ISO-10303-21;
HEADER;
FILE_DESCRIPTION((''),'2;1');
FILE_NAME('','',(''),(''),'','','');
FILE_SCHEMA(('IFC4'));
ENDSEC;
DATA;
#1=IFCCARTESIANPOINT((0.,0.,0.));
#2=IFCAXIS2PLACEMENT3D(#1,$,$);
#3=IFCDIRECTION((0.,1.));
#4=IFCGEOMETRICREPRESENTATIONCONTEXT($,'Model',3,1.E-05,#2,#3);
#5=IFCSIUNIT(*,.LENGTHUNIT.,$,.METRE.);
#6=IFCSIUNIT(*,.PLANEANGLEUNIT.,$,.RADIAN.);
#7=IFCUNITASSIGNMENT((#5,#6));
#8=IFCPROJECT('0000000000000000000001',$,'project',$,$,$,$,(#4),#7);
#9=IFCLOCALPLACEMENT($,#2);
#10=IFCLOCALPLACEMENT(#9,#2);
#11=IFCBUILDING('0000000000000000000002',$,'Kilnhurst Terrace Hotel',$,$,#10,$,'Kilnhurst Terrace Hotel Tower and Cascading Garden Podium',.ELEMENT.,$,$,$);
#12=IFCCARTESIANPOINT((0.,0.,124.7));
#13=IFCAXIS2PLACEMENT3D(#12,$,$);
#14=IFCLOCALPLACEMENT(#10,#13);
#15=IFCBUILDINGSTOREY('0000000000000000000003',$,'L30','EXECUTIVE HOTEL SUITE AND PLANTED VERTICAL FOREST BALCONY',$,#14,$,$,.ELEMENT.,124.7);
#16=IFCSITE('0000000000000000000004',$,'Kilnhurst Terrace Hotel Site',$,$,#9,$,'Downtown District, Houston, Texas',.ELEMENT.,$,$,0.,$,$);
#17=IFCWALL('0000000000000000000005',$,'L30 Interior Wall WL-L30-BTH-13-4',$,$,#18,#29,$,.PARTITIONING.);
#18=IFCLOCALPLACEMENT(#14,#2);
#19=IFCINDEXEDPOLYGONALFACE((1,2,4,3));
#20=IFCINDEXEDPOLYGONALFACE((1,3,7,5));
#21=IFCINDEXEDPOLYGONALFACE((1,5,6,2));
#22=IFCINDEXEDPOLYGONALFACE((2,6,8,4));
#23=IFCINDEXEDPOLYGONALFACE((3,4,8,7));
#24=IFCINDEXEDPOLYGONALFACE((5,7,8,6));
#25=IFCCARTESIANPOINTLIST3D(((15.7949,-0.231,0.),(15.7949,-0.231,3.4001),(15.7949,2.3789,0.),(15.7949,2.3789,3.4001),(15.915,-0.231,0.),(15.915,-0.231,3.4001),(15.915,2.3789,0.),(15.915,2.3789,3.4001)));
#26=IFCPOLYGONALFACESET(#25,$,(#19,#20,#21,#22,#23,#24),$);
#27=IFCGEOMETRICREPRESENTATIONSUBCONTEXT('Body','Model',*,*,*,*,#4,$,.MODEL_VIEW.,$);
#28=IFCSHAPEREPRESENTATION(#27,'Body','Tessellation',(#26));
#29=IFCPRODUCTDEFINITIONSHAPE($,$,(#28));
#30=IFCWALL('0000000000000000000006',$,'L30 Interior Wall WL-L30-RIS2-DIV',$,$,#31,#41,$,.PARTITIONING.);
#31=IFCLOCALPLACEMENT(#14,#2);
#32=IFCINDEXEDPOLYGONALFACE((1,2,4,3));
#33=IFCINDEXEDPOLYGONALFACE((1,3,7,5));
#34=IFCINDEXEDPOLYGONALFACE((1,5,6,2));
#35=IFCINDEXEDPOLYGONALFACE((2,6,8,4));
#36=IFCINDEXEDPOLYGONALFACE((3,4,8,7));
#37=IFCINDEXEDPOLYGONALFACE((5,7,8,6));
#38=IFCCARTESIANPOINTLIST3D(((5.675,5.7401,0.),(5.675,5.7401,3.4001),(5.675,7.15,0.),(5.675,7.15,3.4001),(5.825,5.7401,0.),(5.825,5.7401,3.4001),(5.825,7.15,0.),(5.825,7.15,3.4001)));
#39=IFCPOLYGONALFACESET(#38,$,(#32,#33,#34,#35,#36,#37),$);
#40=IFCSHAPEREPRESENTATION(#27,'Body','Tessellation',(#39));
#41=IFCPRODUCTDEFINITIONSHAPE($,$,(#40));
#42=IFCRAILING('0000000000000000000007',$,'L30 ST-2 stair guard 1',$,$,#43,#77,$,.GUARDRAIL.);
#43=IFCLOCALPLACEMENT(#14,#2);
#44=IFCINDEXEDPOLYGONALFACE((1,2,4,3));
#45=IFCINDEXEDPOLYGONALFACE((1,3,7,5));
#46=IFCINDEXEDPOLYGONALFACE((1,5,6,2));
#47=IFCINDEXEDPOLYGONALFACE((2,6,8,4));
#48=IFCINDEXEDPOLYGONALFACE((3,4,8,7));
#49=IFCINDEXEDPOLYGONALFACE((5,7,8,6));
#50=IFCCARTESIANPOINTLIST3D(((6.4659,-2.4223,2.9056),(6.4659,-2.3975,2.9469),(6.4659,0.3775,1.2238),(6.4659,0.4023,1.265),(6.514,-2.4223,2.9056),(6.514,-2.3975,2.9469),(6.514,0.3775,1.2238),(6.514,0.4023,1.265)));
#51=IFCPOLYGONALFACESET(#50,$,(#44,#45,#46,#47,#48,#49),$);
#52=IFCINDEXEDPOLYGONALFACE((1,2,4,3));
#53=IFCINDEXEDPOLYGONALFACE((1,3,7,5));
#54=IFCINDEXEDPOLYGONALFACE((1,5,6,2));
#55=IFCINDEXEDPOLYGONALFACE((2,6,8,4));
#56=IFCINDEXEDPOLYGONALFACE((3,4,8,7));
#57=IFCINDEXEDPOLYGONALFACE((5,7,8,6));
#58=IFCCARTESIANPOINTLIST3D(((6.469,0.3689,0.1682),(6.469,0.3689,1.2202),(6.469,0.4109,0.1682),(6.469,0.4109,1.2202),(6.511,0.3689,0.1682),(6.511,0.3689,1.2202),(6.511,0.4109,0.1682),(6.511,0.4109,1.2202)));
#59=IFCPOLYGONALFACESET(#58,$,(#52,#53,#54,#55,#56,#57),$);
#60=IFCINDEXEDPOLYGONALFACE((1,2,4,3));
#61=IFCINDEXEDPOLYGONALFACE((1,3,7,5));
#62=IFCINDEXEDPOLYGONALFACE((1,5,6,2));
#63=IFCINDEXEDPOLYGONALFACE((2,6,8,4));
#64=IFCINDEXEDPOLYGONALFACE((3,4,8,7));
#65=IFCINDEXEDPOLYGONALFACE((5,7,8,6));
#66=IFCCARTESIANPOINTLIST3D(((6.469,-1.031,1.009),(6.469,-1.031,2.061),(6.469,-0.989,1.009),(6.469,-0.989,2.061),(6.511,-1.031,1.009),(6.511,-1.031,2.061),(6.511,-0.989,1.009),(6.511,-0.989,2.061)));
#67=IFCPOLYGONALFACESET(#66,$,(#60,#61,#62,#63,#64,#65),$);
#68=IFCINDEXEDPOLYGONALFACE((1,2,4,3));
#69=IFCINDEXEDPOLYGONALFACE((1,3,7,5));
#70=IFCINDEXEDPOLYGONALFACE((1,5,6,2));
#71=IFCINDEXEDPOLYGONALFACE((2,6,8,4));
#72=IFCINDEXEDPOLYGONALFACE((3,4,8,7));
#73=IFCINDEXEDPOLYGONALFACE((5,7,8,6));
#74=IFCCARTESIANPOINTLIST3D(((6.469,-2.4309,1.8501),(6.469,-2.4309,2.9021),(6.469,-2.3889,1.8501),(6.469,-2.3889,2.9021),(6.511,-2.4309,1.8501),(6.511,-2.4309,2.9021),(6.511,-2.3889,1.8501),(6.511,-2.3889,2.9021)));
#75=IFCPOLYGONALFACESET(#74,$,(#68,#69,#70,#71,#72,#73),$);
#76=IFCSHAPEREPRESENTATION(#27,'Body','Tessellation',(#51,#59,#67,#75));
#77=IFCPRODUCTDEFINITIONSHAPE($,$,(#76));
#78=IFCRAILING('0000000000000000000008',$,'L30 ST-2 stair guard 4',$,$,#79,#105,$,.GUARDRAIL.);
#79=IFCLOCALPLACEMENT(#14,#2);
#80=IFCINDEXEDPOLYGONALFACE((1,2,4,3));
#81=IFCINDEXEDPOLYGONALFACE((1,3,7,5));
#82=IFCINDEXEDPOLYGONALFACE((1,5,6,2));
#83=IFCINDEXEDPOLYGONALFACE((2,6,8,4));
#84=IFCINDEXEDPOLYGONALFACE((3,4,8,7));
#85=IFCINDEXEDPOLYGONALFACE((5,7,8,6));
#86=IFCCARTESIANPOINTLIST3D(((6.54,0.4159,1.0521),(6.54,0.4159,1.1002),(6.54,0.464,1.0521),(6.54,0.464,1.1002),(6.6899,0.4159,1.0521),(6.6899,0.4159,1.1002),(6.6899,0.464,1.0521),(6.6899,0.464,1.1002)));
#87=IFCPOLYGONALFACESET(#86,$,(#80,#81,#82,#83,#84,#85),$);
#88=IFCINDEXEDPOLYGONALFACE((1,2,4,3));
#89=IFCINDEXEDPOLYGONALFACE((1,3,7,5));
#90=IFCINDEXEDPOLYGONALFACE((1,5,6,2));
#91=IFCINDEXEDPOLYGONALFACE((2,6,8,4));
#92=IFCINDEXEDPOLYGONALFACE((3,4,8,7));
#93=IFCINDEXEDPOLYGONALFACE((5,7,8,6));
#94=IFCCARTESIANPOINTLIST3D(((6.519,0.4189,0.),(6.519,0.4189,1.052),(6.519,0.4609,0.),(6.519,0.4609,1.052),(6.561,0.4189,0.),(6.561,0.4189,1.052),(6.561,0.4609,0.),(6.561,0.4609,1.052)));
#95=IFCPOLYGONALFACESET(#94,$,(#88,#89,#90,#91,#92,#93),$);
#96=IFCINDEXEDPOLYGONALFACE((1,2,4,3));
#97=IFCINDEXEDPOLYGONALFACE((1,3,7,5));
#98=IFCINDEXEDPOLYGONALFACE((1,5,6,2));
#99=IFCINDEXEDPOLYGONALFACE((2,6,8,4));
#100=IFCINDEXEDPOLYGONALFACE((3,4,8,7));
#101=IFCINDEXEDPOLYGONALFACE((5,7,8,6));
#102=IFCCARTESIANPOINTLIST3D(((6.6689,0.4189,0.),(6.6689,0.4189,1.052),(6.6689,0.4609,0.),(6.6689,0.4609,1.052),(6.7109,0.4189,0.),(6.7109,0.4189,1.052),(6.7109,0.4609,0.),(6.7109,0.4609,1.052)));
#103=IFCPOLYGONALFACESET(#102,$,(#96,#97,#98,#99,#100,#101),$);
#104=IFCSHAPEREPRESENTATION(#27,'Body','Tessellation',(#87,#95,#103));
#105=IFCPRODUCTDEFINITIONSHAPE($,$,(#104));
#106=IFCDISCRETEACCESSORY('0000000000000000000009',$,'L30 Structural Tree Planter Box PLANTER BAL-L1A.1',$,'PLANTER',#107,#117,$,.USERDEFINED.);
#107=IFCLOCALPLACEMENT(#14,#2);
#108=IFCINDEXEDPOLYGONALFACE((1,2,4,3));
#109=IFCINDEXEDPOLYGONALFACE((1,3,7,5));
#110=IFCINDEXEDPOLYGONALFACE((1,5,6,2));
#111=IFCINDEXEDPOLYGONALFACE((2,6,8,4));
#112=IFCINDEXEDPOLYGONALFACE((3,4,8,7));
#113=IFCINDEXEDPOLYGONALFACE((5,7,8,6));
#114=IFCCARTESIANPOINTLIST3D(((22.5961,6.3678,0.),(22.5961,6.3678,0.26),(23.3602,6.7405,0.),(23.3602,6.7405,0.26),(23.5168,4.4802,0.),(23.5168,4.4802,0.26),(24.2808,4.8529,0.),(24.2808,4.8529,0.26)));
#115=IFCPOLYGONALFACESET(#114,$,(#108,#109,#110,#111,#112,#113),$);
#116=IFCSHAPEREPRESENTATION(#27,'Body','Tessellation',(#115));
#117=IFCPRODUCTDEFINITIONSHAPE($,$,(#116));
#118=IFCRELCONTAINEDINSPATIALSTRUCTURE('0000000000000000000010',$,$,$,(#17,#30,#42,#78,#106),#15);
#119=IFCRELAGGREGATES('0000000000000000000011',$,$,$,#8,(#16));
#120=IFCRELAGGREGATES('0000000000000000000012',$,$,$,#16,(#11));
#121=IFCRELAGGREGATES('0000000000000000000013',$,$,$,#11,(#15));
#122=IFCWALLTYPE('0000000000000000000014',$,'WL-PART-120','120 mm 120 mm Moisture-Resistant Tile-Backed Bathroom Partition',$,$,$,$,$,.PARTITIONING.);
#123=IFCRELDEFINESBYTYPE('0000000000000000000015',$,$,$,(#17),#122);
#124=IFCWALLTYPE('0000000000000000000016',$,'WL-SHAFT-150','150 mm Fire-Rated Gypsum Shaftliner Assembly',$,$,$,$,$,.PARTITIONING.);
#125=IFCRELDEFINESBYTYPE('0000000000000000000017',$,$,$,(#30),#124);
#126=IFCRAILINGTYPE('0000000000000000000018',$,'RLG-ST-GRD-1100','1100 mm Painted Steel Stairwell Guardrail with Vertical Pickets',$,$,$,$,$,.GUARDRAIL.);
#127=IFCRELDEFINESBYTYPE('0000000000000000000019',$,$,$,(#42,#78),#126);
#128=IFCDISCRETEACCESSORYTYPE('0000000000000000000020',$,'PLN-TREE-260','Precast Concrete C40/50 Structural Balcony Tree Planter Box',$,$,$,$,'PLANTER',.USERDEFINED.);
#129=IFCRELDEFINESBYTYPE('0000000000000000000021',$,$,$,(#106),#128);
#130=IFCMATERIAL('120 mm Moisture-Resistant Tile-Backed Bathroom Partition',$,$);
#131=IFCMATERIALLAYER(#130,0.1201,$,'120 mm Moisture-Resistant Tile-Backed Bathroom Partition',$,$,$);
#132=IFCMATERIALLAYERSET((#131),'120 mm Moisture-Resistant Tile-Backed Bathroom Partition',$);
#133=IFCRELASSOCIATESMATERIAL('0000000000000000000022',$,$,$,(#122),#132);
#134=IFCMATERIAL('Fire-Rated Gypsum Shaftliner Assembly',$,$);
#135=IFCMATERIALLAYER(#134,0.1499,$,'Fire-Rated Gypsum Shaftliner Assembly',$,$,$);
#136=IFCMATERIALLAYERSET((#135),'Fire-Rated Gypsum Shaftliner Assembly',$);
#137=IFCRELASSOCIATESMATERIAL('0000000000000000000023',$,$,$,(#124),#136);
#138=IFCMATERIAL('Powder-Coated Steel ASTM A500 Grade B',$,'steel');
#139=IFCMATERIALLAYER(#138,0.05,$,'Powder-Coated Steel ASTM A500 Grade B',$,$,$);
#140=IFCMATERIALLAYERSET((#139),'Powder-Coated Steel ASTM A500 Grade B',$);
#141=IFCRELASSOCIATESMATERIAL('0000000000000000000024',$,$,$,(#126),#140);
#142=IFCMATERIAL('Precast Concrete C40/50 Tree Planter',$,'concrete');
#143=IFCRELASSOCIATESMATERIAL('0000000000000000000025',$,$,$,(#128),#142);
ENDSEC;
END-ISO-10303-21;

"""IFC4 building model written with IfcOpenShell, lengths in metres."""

from ifc_helpers import new_model, si_unit, direction, frame, frame_2d, origin, origin_2d, place, context, subcontext, project, spatial, rectangle, extrude, material, layer, layer_set, type_object, element, save


model = new_model("IFC4")

# Units and contexts
model_context = context("Model", 3, precision=1e-05, world=origin(), true_north=direction((0.0, 1.0)))
body_context = subcontext(model_context, "Body", "Model", "MODEL_VIEW")
ifc_project = project(units=[si_unit("LENGTHUNIT", "METRE"), si_unit("PLANEANGLEUNIT", "RADIAN")], contexts=[model_context])

# Site, building, storey
site_placement = place(None, origin())
site = spatial("IfcSite", under=ifc_project, at=site_placement, Name="Kilnhurst Terrace Hotel Site", LongName="Downtown District, Houston, Texas", CompositionType="ELEMENT", RefElevation=0.0)
building_placement = place(site_placement, origin())
building = spatial("IfcBuilding", under=site, at=building_placement, Name="Kilnhurst Terrace Hotel", LongName="Kilnhurst Terrace Hotel Tower and Cascading Garden Podium", CompositionType="ELEMENT")
storey_placement = place(building_placement, frame((0.0, 0.0, 124.7)))
storey = spatial("IfcBuildingStorey", under=building, at=storey_placement, Name="L30", Description="EXECUTIVE HOTEL SUITE AND PLANTED VERTICAL FOREST BALCONY", CompositionType="ELEMENT", Elevation=124.7)

# Shared definitions
ifc_material_1 = material(Name="120 mm Moisture-Resistant Tile-Backed Bathroom Partition")
ifc_layer_1 = layer(ifc_material_1, 0.1201, Name="120 mm Moisture-Resistant Tile-Backed Bathroom Partition")
ifc_layer_set_1 = layer_set([ifc_layer_1], Name="120 mm Moisture-Resistant Tile-Backed Bathroom Partition")
wall_type_1 = type_object("IfcWallType", Name="WL-PART-120", Description="120 mm 120 mm Moisture-Resistant Tile-Backed Bathroom Partition", PredefinedType="PARTITIONING", material=ifc_layer_set_1)

# Walls
wall_1_placement = place(storey_placement, frame((15.855, 2.3789, 0.0), z_axis=(0.0, 0.0, 1.0), x_axis=(0.0, -1.0, 0.0)))
element("IfcWall", 1, at=wall_1_placement, inside=storey, type_object=wall_type_1, Name="L30 Interior Wall WL-L30-BTH-13-4", PredefinedType="PARTITIONING", context=body_context, shape_type="SweptSolid", body=[
    extrude(rectangle(XDim=2.6099, YDim=0.1201, at=frame_2d((1.3049, 0.0))), origin(), (0.0, 0.0, 1.0), 3.4001),
])
ifc_material_2 = material(Name="Fire-Rated Gypsum Shaftliner Assembly")
ifc_layer_2 = layer(ifc_material_2, 0.1499, Name="Fire-Rated Gypsum Shaftliner Assembly")
ifc_layer_set_2 = layer_set([ifc_layer_2], Name="Fire-Rated Gypsum Shaftliner Assembly")
wall_type_2 = type_object("IfcWallType", Name="WL-SHAFT-150", Description="150 mm Fire-Rated Gypsum Shaftliner Assembly", PredefinedType="PARTITIONING", material=ifc_layer_set_2)
wall_2_placement = place(storey_placement, frame((5.75, 5.74, 0.0), z_axis=(0.0, 0.0, 1.0), x_axis=(0.0, 1.0, 0.0)))
element("IfcWall", 2, at=wall_2_placement, inside=storey, type_object=wall_type_2, Name="L30 Interior Wall WL-L30-RIS2-DIV", PredefinedType="PARTITIONING", context=body_context, shape_type="SweptSolid", body=[
    extrude(rectangle(XDim=1.4099, YDim=0.1499, at=frame_2d((0.7051, 0.0))), origin(), (0.0, 0.0, 1.0), 3.4001),
])

# Railings
ifc_material_3 = material(Name="Powder-Coated Steel ASTM A500 Grade B", Category="steel")
ifc_layer_3 = layer(ifc_material_3, 0.05, Name="Powder-Coated Steel ASTM A500 Grade B")
ifc_layer_set_3 = layer_set([ifc_layer_3], Name="Powder-Coated Steel ASTM A500 Grade B")
railing_type = type_object("IfcRailingType", Name="RLG-ST-GRD-1100", Description="1100 mm Painted Steel Stairwell Guardrail with Vertical Pickets", PredefinedType="GUARDRAIL", material=ifc_layer_set_3)
railing_1_placement = place(storey_placement, frame((6.49, 0.3899, 0.1682)))
element("IfcRailing", 3, at=railing_1_placement, inside=storey, type_object=railing_type, Name="L30 ST-2 stair guard 1", PredefinedType="GUARDRAIL", context=body_context, shape_type="SweptSolid", body=[
    extrude(rectangle(XDim=0.0481, YDim=0.0481, at=origin_2d()), frame((0.0, 0.0, 1.0762), z_axis=(0.0, -0.857222, 0.514946), x_axis=(1.0, 0.0, 0.0)), (0.0, 0.0, 1.0), 3.2661),
    extrude(rectangle(XDim=0.042, YDim=0.042, at=origin_2d()), origin(), (0.0, 0.0, 1.0), 1.052),
    extrude(rectangle(XDim=0.042, YDim=0.042, at=origin_2d()), frame((0.0, -1.3999, 0.8408)), (0.0, 0.0, 1.0), 1.052),
    extrude(rectangle(XDim=0.042, YDim=0.042, at=origin_2d()), frame((0.0, -2.7998, 1.6819)), (0.0, 0.0, 1.0), 1.052),
])
railing_2_placement = place(storey_placement, frame((6.54, 0.4399, 0.0)))
element("IfcRailing", 4, at=railing_2_placement, inside=storey, type_object=railing_type, Name="L30 ST-2 stair guard 4", PredefinedType="GUARDRAIL", context=body_context, shape_type="SweptSolid", body=[
    extrude(rectangle(XDim=0.0481, YDim=0.0481, at=origin_2d()), frame((0.0, 0.0, 1.0762), z_axis=(1.0, 0.0, 0.0), x_axis=(0.0, 1.0, 0.0)), (0.0, 0.0, 1.0), 0.1499),
    extrude(rectangle(XDim=0.042, YDim=0.042, at=origin_2d()), origin(), (0.0, 0.0, 1.0), 1.052),
    extrude(rectangle(XDim=0.042, YDim=0.042, at=origin_2d()), frame((0.1499, 0.0, 0.0)), (0.0, 0.0, 1.0), 1.052),
])

# Discrete accessory
ifc_material_4 = material(Name="Precast Concrete C40/50 Tree Planter", Category="concrete")
discrete_accessory_type = type_object("IfcDiscreteAccessoryType", Name="PLN-TREE-260", Description="Precast Concrete C40/50 Structural Balcony Tree Planter Box", ElementType="PLANTER", PredefinedType="USERDEFINED", material=ifc_material_4)
discrete_accessory_placement = place(storey_placement, frame((23.4385, 5.6104, 0.0), z_axis=(0.0, 0.0, 1.0), x_axis=(-0.438387, 0.898786, 0.0)))
element("IfcDiscreteAccessory", 5, at=discrete_accessory_placement, inside=storey, type_object=discrete_accessory_type, Name="L30 Structural Tree Planter Box PLANTER BAL-L1A.1", ObjectType="PLANTER", PredefinedType="USERDEFINED", context=body_context, shape_type="SweptSolid", body=[
    extrude(rectangle(XDim=2.1001, YDim=0.8501, at=origin_2d()), origin(), (0.0, 0.0, 1.0), 0.26),
])

save(model, "model.ifc")
